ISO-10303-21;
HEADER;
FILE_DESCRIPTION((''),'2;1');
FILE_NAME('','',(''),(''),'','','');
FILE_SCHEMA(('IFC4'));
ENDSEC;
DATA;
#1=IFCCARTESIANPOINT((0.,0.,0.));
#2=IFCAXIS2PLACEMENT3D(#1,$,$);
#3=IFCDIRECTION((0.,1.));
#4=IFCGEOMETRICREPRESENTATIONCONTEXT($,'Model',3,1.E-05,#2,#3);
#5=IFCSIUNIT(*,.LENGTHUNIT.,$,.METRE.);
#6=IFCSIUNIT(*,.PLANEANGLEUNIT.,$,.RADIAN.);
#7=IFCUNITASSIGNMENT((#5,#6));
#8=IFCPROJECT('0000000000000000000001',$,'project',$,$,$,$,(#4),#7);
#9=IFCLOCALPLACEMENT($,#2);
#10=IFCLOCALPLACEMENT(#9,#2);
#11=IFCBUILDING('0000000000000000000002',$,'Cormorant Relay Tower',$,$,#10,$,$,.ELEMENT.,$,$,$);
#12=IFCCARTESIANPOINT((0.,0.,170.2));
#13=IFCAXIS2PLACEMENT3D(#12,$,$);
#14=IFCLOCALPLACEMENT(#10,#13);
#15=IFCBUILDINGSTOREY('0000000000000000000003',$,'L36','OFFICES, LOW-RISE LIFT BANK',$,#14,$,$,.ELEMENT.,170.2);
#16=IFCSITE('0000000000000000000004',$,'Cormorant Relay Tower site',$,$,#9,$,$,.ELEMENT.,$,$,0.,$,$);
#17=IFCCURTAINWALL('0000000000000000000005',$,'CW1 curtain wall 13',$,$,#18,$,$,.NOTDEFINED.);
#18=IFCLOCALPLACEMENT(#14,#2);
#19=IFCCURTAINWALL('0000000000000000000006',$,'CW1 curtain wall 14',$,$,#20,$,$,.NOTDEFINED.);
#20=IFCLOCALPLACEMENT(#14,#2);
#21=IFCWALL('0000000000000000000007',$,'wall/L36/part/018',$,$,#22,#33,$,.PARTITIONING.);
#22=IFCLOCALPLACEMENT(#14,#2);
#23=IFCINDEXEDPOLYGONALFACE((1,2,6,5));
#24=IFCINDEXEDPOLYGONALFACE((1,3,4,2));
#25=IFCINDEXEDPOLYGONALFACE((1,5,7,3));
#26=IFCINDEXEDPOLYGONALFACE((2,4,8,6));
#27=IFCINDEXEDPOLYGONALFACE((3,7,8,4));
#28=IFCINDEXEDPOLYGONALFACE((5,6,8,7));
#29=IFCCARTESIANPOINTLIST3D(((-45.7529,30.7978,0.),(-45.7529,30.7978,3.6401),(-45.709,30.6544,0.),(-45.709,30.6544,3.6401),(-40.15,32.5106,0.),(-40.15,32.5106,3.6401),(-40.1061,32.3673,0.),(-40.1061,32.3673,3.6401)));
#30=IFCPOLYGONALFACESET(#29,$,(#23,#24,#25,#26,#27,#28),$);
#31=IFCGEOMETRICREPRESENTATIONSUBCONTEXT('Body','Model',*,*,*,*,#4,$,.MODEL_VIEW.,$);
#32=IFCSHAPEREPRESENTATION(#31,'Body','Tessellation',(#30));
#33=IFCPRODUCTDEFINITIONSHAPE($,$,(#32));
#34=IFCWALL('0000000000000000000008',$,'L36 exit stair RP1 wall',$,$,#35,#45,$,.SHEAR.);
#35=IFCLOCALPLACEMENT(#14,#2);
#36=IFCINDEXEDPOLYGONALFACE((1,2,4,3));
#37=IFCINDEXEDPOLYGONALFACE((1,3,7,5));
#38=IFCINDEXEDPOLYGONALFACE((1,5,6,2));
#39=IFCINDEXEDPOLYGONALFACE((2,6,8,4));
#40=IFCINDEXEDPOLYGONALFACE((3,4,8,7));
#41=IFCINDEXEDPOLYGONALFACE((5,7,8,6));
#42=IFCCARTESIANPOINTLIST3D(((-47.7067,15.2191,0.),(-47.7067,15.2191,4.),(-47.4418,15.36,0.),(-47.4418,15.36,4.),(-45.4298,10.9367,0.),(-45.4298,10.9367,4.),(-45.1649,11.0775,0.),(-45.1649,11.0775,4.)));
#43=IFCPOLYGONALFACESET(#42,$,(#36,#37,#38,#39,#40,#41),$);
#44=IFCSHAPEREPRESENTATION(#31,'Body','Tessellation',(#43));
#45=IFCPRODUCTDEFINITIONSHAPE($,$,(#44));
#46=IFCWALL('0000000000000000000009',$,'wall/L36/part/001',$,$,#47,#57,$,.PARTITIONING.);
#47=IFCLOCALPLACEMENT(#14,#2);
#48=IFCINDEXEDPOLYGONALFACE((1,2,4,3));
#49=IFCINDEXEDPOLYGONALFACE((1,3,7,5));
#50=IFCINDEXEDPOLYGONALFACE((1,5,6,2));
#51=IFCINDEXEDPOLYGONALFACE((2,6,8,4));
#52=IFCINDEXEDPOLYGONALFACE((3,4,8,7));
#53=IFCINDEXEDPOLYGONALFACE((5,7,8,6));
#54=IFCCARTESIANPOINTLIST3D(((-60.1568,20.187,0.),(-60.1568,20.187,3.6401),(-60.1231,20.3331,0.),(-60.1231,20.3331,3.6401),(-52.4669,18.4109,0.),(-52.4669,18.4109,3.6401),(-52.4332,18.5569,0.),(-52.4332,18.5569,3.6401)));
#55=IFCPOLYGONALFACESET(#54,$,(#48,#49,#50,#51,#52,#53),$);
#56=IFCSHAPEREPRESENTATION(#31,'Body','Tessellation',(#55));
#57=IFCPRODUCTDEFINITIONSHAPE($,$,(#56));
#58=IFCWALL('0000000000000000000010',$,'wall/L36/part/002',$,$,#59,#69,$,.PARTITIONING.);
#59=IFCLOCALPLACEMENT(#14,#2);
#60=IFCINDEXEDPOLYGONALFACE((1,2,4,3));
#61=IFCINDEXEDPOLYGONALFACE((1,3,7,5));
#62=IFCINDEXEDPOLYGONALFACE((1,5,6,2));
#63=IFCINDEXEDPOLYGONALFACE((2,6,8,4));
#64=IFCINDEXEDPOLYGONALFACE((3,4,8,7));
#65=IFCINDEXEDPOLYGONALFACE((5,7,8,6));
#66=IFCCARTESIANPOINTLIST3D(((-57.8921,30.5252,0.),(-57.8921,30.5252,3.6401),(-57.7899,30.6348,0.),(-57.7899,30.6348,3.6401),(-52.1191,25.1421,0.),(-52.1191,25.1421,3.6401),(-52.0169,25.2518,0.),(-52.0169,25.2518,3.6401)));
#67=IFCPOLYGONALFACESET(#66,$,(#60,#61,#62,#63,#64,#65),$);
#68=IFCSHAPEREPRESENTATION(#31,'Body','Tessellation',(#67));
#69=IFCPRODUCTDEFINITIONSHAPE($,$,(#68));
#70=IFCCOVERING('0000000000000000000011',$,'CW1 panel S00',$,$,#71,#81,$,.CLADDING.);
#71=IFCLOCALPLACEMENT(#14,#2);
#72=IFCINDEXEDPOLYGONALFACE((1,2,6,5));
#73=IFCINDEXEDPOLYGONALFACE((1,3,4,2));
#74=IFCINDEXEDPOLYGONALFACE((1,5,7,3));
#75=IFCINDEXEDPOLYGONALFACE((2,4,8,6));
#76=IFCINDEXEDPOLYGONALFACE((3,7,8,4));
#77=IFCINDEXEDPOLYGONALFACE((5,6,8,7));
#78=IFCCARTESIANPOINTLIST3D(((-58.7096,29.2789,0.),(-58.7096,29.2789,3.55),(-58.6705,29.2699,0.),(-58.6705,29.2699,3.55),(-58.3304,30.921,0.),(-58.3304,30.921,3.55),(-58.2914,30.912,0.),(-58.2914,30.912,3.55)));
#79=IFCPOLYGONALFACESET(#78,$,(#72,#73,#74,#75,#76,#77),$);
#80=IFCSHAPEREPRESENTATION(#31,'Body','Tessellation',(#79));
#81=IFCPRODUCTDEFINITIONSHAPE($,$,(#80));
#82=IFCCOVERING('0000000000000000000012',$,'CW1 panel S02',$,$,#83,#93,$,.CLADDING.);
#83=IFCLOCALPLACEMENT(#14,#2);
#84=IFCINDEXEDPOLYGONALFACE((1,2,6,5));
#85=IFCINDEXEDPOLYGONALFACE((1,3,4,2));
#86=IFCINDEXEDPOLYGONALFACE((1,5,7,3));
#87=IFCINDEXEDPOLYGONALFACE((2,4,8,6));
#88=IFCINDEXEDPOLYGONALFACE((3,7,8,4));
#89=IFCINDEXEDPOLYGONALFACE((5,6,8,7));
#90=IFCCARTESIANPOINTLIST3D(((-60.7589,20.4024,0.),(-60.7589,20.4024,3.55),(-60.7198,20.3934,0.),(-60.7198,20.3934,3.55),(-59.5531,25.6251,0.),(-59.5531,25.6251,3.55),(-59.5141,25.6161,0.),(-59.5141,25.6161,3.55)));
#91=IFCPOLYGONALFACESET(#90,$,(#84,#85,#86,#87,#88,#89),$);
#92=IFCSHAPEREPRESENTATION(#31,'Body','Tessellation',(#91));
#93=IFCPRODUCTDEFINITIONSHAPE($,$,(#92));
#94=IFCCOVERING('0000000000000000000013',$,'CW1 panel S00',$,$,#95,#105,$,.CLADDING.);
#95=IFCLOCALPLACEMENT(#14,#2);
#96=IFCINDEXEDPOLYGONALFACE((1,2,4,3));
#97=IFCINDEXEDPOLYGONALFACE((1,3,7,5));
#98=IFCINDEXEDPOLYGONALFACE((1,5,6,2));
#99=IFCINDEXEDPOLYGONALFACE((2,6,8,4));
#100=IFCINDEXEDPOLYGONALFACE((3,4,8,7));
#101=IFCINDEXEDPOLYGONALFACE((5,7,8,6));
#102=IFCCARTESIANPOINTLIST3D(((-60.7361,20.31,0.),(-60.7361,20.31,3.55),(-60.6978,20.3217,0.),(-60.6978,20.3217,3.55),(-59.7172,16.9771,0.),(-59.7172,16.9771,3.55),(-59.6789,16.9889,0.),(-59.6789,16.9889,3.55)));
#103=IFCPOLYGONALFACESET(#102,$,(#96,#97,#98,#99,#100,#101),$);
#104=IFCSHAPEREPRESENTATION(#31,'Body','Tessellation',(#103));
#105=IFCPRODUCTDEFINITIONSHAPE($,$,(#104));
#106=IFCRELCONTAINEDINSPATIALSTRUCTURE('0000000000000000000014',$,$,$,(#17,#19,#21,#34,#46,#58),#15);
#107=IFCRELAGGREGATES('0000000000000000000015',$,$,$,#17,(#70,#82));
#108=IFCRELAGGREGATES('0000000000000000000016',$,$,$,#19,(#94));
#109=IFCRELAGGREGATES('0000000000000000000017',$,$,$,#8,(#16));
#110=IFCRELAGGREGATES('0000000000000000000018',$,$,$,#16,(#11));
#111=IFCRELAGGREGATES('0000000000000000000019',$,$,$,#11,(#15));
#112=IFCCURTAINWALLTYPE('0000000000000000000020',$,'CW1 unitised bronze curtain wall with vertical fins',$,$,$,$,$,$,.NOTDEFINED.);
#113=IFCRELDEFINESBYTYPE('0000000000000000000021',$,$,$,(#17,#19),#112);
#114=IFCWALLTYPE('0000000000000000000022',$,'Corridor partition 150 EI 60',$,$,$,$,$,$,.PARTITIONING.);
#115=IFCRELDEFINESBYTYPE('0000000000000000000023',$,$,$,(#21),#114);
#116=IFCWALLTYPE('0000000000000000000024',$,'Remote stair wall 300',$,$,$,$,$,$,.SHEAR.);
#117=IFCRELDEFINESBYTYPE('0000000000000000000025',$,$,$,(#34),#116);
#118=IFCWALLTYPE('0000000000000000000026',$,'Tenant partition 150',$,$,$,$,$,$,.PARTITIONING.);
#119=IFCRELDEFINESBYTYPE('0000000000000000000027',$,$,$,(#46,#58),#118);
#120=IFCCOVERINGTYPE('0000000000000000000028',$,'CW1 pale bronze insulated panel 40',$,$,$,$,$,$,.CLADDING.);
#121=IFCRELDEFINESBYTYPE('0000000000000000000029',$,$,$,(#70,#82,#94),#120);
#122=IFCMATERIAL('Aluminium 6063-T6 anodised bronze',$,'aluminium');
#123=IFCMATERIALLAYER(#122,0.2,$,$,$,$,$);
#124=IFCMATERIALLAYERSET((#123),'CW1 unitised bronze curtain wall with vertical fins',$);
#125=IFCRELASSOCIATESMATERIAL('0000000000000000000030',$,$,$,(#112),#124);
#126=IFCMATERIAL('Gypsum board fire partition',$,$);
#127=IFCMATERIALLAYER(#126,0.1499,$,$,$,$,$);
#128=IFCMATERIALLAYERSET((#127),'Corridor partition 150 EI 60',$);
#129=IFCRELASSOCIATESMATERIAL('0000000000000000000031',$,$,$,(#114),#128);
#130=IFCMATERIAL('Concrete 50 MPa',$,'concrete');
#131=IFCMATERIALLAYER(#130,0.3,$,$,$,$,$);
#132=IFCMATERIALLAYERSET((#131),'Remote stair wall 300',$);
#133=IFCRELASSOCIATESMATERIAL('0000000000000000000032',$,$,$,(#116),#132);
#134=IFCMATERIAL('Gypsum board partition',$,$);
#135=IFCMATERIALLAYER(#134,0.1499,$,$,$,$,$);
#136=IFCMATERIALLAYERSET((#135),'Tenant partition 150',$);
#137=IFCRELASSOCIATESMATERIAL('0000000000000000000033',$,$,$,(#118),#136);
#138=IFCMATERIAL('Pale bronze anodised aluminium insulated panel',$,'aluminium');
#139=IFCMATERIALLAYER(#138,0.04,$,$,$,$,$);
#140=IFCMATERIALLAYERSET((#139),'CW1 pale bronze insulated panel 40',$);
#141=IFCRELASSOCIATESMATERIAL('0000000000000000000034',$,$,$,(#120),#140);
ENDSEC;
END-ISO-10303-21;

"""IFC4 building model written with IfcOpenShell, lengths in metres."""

from ifc_helpers import new_model, si_unit, direction, frame, frame_2d, origin, origin_2d, place, context, subcontext, project, spatial, rectangle, extrude, material, layer, layer_set, type_object, element, aggregate, save


model = new_model("IFC4")

# Units and contexts
model_context = context("Model", 3, precision=1e-05, world=origin(), true_north=direction((0.0, 1.0)))
body_context = subcontext(model_context, "Body", "Model", "MODEL_VIEW")
ifc_project = project(units=[si_unit("LENGTHUNIT", "METRE"), si_unit("PLANEANGLEUNIT", "RADIAN")], contexts=[model_context])

# Site, building, storey
site_placement = place(None, origin())
site = spatial("IfcSite", under=ifc_project, at=site_placement, Name="Cormorant Relay Tower site", CompositionType="ELEMENT", RefElevation=0.0)
building_placement = place(site_placement, origin())
building = spatial("IfcBuilding", under=site, at=building_placement, Name="Cormorant Relay Tower", CompositionType="ELEMENT")
storey_placement = place(building_placement, frame((0.0, 0.0, 170.2)))
storey = spatial("IfcBuildingStorey", under=building, at=storey_placement, Name="L36", Description="OFFICES, LOW-RISE LIFT BANK", CompositionType="ELEMENT", Elevation=170.2)

# Curtain walls
ifc_material_1 = material(Name="Aluminium 6063-T6 anodised bronze", Category="aluminium")
ifc_layer_1 = layer(ifc_material_1, 0.2)
ifc_layer_set_1 = layer_set([ifc_layer_1], Name="CW1 unitised bronze curtain wall with vertical fins")
curtain_wall_type = type_object("IfcCurtainWallType", Name="CW1 unitised bronze curtain wall with vertical fins", PredefinedType="NOTDEFINED", material=ifc_layer_set_1)
curtain_wall_1_placement = place(storey_placement, origin())
curtain_wall_1 = element("IfcCurtainWall", 1, at=curtain_wall_1_placement, inside=storey, type_object=curtain_wall_type, Name="CW1 curtain wall 13", PredefinedType="NOTDEFINED")
curtain_wall_2_placement = place(storey_placement, origin())
curtain_wall_2 = element("IfcCurtainWall", 2, at=curtain_wall_2_placement, inside=storey, type_object=curtain_wall_type, Name="CW1 curtain wall 14", PredefinedType="NOTDEFINED")

# Shared definitions
ifc_material_2 = material(Name="Gypsum board fire partition")
ifc_layer_2 = layer(ifc_material_2, 0.1499)
ifc_layer_set_2 = layer_set([ifc_layer_2], Name="Corridor partition 150 EI 60")
wall_type_1 = type_object("IfcWallType", Name="Corridor partition 150 EI 60", PredefinedType="PARTITIONING", material=ifc_layer_set_2)

# Walls
wall_1_placement = place(storey_placement, frame((-45.731, 30.7261, 0.0), z_axis=(0.0, 0.0, 1.0), x_axis=(0.956311, 0.292352, 0.0)))
element("IfcWall", 3, at=wall_1_placement, inside=storey, type_object=wall_type_1, Name="wall/L36/part/018", PredefinedType="PARTITIONING", context=body_context, shape_type="SweptSolid", body=[
    extrude(rectangle(XDim=5.8589, YDim=0.1499, at=frame_2d((2.9294, 0.0))), origin(), (0.0, 0.0, 1.0), 3.6401),
])
ifc_material_3 = material(Name="Concrete 50 MPa", Category="concrete")
ifc_layer_3 = layer(ifc_material_3, 0.3)
ifc_layer_set_3 = layer_set([ifc_layer_3], Name="Remote stair wall 300")
wall_type_2 = type_object("IfcWallType", Name="Remote stair wall 300", PredefinedType="SHEAR", material=ifc_layer_set_3)
wall_2_placement = place(storey_placement, frame((-47.5742, 15.2896, 0.0), z_axis=(0.0, 0.0, 1.0), x_axis=(0.469443, -0.882963, 0.0)))
element("IfcWall", 4, at=wall_2_placement, inside=storey, type_object=wall_type_2, Name="L36 exit stair RP1 wall", PredefinedType="SHEAR", context=body_context, shape_type="SweptSolid", body=[
    extrude(rectangle(XDim=4.8501, YDim=0.3, at=frame_2d((2.425, 0.0))), origin(), (0.0, 0.0, 1.0), 4.0),
])
ifc_material_4 = material(Name="Gypsum board partition")
ifc_layer_4 = layer(ifc_material_4, 0.1499)
ifc_layer_set_4 = layer_set([ifc_layer_4], Name="Tenant partition 150")
wall_type_3 = type_object("IfcWallType", Name="Tenant partition 150", PredefinedType="PARTITIONING", material=ifc_layer_set_4)
wall_3_placement = place(storey_placement, frame((-52.45, 18.4839, 0.0), z_axis=(0.0, 0.0, 1.0), x_axis=(-0.974349, 0.225042, 0.0)))
element("IfcWall", 5, at=wall_3_placement, inside=storey, type_object=wall_type_3, Name="wall/L36/part/001", PredefinedType="PARTITIONING", context=body_context, shape_type="SweptSolid", body=[
    extrude(rectangle(XDim=7.8923, YDim=0.1499, at=frame_2d((3.9463, 0.0))), origin(), (0.0, 0.0, 1.0), 3.6401),
])
wall_4_placement = place(storey_placement, frame((-57.8411, 30.5801, 0.0), z_axis=(0.0, 0.0, 1.0), x_axis=(0.731373, -0.681978, 0.0)))
element("IfcWall", 6, at=wall_4_placement, inside=storey, type_object=wall_type_3, Name="wall/L36/part/002", PredefinedType="PARTITIONING", context=body_context, shape_type="SweptSolid", body=[
    extrude(rectangle(XDim=7.8933, YDim=0.1499, at=frame_2d((3.9468, 0.0))), origin(), (0.0, 0.0, 1.0), 3.6401),
])

# Coverings
ifc_material_5 = material(Name="Pale bronze anodised aluminium insulated panel", Category="aluminium")
ifc_layer_5 = layer(ifc_material_5, 0.04)
ifc_layer_set_5 = layer_set([ifc_layer_5], Name="CW1 pale bronze insulated panel 40")
covering_type = type_object("IfcCoveringType", Name="CW1 pale bronze insulated panel 40", PredefinedType="CLADDING", material=ifc_layer_set_5)
covering_1_placement = place(storey_placement, frame((-58.5005, 30.0955, 0.0), z_axis=(0.0, 0.0, 1.0), x_axis=(-0.224951, -0.97437, 0.0)))
covering_1 = element("IfcCovering", 7, at=covering_1_placement, type_object=covering_type, Name="CW1 panel S00", PredefinedType="CLADDING", context=body_context, shape_type="SweptSolid", body=[
    extrude(rectangle(XDim=1.6853, YDim=0.04, at=origin_2d()), origin(), (0.0, 0.0, 1.0), 3.55),
])
covering_2_placement = place(storey_placement, frame((-60.1365, 23.0093, 0.0), z_axis=(0.0, 0.0, 1.0), x_axis=(-0.224951, -0.97437, 0.0)))
covering_2 = element("IfcCovering", 8, at=covering_2_placement, type_object=covering_type, Name="CW1 panel S02", PredefinedType="CLADDING", context=body_context, shape_type="SweptSolid", body=[
    extrude(rectangle(XDim=5.3601, YDim=0.04, at=origin_2d()), origin(), (0.0, 0.0, 1.0), 3.55),
])
aggregate(curtain_wall_1, [covering_1, covering_2])
covering_3_placement = place(storey_placement, frame((-60.2075, 18.6494, 0.0), z_axis=(0.0, 0.0, 1.0), x_axis=(0.292372, -0.956305, 0.0)))
covering_3 = element("IfcCovering", 9, at=covering_3_placement, type_object=covering_type, Name="CW1 panel S00", PredefinedType="CLADDING", context=body_context, shape_type="SweptSolid", body=[
    extrude(rectangle(XDim=3.4851, YDim=0.04, at=origin_2d()), origin(), (0.0, 0.0, 1.0), 3.55),
])
aggregate(curtain_wall_2, [covering_3])

save(model, "model.ifc")
